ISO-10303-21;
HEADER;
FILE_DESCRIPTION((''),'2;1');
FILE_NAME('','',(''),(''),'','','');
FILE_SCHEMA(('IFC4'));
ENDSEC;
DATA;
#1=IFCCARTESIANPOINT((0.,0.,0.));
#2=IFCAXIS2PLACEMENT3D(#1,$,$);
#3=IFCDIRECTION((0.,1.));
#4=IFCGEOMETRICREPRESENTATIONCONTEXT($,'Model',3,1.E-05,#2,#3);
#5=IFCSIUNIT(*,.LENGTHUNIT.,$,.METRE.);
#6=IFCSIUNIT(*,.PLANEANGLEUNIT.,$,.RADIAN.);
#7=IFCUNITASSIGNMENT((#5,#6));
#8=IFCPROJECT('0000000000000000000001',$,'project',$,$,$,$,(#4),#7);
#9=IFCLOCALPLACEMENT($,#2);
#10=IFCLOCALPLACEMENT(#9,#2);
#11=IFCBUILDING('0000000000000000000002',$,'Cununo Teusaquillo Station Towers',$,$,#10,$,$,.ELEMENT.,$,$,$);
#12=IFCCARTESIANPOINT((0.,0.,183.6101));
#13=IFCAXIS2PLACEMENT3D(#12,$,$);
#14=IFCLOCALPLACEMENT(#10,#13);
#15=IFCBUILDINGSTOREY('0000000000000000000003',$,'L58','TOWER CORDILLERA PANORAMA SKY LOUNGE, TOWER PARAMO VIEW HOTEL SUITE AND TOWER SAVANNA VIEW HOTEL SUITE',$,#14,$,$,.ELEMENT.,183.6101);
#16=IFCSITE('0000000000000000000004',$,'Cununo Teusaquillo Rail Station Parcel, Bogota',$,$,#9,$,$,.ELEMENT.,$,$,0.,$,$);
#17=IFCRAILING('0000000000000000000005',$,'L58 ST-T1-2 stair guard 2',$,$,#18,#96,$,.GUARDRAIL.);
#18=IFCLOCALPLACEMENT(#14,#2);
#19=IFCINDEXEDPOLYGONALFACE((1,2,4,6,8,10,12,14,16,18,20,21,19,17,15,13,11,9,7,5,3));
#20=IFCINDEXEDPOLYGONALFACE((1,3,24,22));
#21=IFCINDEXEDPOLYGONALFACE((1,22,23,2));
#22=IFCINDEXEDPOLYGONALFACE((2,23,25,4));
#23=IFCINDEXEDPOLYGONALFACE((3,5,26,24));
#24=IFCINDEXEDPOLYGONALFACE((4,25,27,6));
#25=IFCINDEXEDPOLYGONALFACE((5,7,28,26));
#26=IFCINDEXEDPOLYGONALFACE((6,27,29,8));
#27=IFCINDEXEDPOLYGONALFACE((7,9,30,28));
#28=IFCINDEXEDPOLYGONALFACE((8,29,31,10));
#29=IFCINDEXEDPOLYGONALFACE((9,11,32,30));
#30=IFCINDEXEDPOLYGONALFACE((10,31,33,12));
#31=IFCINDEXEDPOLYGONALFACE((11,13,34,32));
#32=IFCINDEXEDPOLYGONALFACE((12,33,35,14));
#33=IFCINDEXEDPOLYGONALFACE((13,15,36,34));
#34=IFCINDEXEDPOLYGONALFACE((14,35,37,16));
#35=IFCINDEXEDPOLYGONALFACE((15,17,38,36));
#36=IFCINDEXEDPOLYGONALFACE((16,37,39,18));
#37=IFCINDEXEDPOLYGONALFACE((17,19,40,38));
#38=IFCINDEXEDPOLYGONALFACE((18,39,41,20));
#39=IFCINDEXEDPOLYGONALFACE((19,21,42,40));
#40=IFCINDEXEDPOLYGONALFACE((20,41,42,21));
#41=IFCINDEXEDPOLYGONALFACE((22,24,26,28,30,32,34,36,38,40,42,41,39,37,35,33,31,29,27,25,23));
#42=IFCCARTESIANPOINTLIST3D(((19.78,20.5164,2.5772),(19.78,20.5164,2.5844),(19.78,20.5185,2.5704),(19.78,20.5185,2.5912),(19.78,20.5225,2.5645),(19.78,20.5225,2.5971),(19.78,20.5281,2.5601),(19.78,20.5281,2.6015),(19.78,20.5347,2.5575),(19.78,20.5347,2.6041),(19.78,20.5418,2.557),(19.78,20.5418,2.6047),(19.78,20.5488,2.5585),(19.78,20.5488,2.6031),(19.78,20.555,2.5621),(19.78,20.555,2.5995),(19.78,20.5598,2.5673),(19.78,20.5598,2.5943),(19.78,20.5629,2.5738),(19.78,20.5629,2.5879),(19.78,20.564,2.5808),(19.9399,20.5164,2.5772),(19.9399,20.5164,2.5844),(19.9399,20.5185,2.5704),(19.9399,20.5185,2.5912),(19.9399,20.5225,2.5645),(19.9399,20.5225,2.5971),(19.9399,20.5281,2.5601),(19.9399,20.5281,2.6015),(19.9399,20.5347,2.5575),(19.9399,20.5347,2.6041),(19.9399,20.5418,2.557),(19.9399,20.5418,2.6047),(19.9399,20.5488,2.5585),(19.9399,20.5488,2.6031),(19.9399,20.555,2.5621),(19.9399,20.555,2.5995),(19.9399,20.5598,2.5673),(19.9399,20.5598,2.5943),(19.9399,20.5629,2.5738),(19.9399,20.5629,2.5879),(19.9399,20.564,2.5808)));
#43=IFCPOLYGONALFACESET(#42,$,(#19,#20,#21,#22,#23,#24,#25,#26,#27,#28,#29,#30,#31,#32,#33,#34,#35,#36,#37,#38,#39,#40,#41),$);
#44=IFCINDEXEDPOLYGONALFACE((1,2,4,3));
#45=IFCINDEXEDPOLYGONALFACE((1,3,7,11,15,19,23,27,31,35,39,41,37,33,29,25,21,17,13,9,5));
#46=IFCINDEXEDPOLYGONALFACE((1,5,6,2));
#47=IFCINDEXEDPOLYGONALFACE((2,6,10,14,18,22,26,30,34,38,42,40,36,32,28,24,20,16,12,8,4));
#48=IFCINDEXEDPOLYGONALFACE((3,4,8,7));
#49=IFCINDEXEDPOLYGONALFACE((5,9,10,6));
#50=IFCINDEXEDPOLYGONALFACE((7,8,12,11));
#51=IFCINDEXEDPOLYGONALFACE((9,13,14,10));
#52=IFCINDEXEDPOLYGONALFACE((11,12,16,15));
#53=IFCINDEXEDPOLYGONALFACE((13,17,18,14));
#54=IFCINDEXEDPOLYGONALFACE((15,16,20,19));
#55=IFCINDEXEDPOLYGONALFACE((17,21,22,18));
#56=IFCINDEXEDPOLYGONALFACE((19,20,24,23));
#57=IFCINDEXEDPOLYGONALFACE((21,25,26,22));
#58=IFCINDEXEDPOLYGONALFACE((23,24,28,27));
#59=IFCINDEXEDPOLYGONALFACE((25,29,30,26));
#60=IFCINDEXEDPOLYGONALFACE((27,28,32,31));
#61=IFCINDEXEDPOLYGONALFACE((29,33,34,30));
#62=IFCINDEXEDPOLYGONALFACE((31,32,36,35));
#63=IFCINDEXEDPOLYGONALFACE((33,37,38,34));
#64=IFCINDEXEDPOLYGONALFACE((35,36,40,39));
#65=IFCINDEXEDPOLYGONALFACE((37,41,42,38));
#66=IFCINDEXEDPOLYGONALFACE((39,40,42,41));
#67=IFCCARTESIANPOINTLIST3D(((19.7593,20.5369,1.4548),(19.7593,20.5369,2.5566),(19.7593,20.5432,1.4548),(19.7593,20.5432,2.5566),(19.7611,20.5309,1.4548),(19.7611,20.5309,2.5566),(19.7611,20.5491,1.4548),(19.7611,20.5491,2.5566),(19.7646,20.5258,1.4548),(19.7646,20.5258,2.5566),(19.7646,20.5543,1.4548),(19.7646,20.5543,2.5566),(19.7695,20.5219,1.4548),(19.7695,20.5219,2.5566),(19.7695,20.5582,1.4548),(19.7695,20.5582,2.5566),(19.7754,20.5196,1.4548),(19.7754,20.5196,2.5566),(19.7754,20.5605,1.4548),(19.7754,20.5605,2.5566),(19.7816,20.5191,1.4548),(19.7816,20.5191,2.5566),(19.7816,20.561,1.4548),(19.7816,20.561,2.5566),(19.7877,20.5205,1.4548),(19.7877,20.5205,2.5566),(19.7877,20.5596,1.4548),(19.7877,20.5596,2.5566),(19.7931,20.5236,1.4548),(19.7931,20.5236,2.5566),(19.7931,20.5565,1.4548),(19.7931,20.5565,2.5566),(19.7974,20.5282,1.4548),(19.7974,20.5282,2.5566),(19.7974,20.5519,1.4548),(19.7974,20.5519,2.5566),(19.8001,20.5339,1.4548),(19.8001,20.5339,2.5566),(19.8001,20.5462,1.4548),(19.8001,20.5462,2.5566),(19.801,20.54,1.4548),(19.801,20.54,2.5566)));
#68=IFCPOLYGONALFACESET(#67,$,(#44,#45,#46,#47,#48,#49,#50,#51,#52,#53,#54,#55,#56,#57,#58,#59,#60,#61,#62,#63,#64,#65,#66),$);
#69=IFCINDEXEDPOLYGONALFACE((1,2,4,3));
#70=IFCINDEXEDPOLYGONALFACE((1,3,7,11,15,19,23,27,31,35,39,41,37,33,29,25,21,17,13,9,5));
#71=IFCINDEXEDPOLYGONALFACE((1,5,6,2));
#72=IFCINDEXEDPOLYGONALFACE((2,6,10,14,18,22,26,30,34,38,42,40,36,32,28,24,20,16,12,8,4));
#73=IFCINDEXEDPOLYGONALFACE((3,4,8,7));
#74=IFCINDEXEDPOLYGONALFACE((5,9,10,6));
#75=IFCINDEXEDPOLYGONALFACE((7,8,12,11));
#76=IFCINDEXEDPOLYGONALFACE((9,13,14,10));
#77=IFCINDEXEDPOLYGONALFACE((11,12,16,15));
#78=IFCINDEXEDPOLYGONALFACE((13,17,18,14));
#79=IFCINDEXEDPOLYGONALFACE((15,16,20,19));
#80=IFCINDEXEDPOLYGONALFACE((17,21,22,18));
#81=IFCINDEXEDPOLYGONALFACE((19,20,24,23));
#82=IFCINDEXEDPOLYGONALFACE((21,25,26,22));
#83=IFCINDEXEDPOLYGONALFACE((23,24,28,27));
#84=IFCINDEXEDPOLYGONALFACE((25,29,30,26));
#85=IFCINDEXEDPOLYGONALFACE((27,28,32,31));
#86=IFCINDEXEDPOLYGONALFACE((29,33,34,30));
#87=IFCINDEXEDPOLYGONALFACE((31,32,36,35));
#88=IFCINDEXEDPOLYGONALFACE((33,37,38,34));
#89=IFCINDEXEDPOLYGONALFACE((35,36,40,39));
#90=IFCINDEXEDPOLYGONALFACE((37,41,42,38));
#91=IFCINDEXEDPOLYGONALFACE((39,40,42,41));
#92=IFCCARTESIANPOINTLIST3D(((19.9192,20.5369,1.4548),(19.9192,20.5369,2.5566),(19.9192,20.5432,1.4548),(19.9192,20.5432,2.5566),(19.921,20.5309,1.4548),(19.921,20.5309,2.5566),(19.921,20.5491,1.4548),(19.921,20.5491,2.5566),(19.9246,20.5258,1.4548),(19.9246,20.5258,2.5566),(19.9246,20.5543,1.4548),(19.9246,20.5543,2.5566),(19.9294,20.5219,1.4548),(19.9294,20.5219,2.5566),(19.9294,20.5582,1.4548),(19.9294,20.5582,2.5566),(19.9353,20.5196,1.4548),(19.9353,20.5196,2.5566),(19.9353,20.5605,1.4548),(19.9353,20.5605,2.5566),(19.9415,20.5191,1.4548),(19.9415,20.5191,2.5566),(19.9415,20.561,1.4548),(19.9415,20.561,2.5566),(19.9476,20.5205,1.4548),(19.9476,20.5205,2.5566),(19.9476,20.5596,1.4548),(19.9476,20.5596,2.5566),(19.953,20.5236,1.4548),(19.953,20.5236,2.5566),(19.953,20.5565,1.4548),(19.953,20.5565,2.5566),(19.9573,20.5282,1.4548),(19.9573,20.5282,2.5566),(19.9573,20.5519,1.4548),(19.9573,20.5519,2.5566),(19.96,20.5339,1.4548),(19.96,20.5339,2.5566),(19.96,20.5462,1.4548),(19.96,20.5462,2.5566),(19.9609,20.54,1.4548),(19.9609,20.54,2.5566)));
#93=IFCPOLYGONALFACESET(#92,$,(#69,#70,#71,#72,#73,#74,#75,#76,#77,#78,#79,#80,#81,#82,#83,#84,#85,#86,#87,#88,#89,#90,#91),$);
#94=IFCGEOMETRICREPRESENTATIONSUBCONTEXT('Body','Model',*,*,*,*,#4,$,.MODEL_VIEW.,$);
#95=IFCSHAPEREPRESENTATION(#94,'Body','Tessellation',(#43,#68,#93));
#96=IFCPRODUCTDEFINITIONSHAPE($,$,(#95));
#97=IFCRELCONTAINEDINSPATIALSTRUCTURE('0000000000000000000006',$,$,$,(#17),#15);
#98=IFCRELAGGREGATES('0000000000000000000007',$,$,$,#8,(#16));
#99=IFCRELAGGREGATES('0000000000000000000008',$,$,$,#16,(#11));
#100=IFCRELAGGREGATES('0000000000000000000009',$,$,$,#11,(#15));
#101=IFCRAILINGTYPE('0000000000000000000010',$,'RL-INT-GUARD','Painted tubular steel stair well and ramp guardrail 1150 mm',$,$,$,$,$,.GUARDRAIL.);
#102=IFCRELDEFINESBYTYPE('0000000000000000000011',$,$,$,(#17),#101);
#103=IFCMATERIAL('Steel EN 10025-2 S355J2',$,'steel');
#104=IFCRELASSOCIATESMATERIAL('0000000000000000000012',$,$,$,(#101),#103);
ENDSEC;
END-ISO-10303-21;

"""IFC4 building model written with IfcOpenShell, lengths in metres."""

from ifc_helpers import new_model, si_unit, direction, frame, origin, origin_2d, place, context, subcontext, project, spatial, circle, extrude, material, type_object, element, save


model = new_model("IFC4")

# Units and contexts
model_context = context("Model", 3, precision=1e-05, world=origin(), true_north=direction((0.0, 1.0)))
body_context = subcontext(model_context, "Body", "Model", "MODEL_VIEW")
ifc_project = project(units=[si_unit("LENGTHUNIT", "METRE"), si_unit("PLANEANGLEUNIT", "RADIAN")], contexts=[model_context])

# Site, building, storey
site_placement = place(None, origin())
site = spatial("IfcSite", under=ifc_project, at=site_placement, Name="Cununo Teusaquillo Rail Station Parcel, Bogota", CompositionType="ELEMENT", RefElevation=0.0)
building_placement = place(site_placement, origin())
building = spatial("IfcBuilding", under=site, at=building_placement, Name="Cununo Teusaquillo Station Towers", CompositionType="ELEMENT")
storey_placement = place(building_placement, frame((0.0, 0.0, 183.6101)))
storey = spatial("IfcBuildingStorey", under=building, at=storey_placement, Name="L58", Description="TOWER CORDILLERA PANORAMA SKY LOUNGE, TOWER PARAMO VIEW HOTEL SUITE AND TOWER SAVANNA VIEW HOTEL SUITE", CompositionType="ELEMENT", Elevation=183.6101)

# Railing
ifc_material_1 = material(Name="Steel EN 10025-2 S355J2", Category="steel")
railing_type_1 = type_object("IfcRailingType", Name="RL-INT-GUARD", Description="Painted tubular steel stair well and ramp guardrail 1150 mm", PredefinedType="GUARDRAIL", material=ifc_material_1)
railing_1_placement = place(storey_placement, frame((19.78, 20.54, 1.4548)))
element("IfcRailing", 1, at=railing_1_placement, inside=storey, type_object=railing_type_1, Name="L58 ST-T1-2 stair guard 2", PredefinedType="GUARDRAIL", context=body_context, shape_type="SweptSolid", body=[
    extrude(circle(Radius=0.0239, at=origin_2d()), frame((0.0, 0.0, 1.126), z_axis=(1.0, 0.0, 0.0), x_axis=(0.0, 1.0, 0.0)), (0.0, 0.0, 1.0), 0.1599),
    extrude(circle(Radius=0.021, at=origin_2d()), origin(), (0.0, 0.0, 1.0), 1.1018),
    extrude(circle(Radius=0.021, at=origin_2d()), frame((0.1599, 0.0, 0.0)), (0.0, 0.0, 1.0), 1.1018),
])

save(model, "model.ifc")
